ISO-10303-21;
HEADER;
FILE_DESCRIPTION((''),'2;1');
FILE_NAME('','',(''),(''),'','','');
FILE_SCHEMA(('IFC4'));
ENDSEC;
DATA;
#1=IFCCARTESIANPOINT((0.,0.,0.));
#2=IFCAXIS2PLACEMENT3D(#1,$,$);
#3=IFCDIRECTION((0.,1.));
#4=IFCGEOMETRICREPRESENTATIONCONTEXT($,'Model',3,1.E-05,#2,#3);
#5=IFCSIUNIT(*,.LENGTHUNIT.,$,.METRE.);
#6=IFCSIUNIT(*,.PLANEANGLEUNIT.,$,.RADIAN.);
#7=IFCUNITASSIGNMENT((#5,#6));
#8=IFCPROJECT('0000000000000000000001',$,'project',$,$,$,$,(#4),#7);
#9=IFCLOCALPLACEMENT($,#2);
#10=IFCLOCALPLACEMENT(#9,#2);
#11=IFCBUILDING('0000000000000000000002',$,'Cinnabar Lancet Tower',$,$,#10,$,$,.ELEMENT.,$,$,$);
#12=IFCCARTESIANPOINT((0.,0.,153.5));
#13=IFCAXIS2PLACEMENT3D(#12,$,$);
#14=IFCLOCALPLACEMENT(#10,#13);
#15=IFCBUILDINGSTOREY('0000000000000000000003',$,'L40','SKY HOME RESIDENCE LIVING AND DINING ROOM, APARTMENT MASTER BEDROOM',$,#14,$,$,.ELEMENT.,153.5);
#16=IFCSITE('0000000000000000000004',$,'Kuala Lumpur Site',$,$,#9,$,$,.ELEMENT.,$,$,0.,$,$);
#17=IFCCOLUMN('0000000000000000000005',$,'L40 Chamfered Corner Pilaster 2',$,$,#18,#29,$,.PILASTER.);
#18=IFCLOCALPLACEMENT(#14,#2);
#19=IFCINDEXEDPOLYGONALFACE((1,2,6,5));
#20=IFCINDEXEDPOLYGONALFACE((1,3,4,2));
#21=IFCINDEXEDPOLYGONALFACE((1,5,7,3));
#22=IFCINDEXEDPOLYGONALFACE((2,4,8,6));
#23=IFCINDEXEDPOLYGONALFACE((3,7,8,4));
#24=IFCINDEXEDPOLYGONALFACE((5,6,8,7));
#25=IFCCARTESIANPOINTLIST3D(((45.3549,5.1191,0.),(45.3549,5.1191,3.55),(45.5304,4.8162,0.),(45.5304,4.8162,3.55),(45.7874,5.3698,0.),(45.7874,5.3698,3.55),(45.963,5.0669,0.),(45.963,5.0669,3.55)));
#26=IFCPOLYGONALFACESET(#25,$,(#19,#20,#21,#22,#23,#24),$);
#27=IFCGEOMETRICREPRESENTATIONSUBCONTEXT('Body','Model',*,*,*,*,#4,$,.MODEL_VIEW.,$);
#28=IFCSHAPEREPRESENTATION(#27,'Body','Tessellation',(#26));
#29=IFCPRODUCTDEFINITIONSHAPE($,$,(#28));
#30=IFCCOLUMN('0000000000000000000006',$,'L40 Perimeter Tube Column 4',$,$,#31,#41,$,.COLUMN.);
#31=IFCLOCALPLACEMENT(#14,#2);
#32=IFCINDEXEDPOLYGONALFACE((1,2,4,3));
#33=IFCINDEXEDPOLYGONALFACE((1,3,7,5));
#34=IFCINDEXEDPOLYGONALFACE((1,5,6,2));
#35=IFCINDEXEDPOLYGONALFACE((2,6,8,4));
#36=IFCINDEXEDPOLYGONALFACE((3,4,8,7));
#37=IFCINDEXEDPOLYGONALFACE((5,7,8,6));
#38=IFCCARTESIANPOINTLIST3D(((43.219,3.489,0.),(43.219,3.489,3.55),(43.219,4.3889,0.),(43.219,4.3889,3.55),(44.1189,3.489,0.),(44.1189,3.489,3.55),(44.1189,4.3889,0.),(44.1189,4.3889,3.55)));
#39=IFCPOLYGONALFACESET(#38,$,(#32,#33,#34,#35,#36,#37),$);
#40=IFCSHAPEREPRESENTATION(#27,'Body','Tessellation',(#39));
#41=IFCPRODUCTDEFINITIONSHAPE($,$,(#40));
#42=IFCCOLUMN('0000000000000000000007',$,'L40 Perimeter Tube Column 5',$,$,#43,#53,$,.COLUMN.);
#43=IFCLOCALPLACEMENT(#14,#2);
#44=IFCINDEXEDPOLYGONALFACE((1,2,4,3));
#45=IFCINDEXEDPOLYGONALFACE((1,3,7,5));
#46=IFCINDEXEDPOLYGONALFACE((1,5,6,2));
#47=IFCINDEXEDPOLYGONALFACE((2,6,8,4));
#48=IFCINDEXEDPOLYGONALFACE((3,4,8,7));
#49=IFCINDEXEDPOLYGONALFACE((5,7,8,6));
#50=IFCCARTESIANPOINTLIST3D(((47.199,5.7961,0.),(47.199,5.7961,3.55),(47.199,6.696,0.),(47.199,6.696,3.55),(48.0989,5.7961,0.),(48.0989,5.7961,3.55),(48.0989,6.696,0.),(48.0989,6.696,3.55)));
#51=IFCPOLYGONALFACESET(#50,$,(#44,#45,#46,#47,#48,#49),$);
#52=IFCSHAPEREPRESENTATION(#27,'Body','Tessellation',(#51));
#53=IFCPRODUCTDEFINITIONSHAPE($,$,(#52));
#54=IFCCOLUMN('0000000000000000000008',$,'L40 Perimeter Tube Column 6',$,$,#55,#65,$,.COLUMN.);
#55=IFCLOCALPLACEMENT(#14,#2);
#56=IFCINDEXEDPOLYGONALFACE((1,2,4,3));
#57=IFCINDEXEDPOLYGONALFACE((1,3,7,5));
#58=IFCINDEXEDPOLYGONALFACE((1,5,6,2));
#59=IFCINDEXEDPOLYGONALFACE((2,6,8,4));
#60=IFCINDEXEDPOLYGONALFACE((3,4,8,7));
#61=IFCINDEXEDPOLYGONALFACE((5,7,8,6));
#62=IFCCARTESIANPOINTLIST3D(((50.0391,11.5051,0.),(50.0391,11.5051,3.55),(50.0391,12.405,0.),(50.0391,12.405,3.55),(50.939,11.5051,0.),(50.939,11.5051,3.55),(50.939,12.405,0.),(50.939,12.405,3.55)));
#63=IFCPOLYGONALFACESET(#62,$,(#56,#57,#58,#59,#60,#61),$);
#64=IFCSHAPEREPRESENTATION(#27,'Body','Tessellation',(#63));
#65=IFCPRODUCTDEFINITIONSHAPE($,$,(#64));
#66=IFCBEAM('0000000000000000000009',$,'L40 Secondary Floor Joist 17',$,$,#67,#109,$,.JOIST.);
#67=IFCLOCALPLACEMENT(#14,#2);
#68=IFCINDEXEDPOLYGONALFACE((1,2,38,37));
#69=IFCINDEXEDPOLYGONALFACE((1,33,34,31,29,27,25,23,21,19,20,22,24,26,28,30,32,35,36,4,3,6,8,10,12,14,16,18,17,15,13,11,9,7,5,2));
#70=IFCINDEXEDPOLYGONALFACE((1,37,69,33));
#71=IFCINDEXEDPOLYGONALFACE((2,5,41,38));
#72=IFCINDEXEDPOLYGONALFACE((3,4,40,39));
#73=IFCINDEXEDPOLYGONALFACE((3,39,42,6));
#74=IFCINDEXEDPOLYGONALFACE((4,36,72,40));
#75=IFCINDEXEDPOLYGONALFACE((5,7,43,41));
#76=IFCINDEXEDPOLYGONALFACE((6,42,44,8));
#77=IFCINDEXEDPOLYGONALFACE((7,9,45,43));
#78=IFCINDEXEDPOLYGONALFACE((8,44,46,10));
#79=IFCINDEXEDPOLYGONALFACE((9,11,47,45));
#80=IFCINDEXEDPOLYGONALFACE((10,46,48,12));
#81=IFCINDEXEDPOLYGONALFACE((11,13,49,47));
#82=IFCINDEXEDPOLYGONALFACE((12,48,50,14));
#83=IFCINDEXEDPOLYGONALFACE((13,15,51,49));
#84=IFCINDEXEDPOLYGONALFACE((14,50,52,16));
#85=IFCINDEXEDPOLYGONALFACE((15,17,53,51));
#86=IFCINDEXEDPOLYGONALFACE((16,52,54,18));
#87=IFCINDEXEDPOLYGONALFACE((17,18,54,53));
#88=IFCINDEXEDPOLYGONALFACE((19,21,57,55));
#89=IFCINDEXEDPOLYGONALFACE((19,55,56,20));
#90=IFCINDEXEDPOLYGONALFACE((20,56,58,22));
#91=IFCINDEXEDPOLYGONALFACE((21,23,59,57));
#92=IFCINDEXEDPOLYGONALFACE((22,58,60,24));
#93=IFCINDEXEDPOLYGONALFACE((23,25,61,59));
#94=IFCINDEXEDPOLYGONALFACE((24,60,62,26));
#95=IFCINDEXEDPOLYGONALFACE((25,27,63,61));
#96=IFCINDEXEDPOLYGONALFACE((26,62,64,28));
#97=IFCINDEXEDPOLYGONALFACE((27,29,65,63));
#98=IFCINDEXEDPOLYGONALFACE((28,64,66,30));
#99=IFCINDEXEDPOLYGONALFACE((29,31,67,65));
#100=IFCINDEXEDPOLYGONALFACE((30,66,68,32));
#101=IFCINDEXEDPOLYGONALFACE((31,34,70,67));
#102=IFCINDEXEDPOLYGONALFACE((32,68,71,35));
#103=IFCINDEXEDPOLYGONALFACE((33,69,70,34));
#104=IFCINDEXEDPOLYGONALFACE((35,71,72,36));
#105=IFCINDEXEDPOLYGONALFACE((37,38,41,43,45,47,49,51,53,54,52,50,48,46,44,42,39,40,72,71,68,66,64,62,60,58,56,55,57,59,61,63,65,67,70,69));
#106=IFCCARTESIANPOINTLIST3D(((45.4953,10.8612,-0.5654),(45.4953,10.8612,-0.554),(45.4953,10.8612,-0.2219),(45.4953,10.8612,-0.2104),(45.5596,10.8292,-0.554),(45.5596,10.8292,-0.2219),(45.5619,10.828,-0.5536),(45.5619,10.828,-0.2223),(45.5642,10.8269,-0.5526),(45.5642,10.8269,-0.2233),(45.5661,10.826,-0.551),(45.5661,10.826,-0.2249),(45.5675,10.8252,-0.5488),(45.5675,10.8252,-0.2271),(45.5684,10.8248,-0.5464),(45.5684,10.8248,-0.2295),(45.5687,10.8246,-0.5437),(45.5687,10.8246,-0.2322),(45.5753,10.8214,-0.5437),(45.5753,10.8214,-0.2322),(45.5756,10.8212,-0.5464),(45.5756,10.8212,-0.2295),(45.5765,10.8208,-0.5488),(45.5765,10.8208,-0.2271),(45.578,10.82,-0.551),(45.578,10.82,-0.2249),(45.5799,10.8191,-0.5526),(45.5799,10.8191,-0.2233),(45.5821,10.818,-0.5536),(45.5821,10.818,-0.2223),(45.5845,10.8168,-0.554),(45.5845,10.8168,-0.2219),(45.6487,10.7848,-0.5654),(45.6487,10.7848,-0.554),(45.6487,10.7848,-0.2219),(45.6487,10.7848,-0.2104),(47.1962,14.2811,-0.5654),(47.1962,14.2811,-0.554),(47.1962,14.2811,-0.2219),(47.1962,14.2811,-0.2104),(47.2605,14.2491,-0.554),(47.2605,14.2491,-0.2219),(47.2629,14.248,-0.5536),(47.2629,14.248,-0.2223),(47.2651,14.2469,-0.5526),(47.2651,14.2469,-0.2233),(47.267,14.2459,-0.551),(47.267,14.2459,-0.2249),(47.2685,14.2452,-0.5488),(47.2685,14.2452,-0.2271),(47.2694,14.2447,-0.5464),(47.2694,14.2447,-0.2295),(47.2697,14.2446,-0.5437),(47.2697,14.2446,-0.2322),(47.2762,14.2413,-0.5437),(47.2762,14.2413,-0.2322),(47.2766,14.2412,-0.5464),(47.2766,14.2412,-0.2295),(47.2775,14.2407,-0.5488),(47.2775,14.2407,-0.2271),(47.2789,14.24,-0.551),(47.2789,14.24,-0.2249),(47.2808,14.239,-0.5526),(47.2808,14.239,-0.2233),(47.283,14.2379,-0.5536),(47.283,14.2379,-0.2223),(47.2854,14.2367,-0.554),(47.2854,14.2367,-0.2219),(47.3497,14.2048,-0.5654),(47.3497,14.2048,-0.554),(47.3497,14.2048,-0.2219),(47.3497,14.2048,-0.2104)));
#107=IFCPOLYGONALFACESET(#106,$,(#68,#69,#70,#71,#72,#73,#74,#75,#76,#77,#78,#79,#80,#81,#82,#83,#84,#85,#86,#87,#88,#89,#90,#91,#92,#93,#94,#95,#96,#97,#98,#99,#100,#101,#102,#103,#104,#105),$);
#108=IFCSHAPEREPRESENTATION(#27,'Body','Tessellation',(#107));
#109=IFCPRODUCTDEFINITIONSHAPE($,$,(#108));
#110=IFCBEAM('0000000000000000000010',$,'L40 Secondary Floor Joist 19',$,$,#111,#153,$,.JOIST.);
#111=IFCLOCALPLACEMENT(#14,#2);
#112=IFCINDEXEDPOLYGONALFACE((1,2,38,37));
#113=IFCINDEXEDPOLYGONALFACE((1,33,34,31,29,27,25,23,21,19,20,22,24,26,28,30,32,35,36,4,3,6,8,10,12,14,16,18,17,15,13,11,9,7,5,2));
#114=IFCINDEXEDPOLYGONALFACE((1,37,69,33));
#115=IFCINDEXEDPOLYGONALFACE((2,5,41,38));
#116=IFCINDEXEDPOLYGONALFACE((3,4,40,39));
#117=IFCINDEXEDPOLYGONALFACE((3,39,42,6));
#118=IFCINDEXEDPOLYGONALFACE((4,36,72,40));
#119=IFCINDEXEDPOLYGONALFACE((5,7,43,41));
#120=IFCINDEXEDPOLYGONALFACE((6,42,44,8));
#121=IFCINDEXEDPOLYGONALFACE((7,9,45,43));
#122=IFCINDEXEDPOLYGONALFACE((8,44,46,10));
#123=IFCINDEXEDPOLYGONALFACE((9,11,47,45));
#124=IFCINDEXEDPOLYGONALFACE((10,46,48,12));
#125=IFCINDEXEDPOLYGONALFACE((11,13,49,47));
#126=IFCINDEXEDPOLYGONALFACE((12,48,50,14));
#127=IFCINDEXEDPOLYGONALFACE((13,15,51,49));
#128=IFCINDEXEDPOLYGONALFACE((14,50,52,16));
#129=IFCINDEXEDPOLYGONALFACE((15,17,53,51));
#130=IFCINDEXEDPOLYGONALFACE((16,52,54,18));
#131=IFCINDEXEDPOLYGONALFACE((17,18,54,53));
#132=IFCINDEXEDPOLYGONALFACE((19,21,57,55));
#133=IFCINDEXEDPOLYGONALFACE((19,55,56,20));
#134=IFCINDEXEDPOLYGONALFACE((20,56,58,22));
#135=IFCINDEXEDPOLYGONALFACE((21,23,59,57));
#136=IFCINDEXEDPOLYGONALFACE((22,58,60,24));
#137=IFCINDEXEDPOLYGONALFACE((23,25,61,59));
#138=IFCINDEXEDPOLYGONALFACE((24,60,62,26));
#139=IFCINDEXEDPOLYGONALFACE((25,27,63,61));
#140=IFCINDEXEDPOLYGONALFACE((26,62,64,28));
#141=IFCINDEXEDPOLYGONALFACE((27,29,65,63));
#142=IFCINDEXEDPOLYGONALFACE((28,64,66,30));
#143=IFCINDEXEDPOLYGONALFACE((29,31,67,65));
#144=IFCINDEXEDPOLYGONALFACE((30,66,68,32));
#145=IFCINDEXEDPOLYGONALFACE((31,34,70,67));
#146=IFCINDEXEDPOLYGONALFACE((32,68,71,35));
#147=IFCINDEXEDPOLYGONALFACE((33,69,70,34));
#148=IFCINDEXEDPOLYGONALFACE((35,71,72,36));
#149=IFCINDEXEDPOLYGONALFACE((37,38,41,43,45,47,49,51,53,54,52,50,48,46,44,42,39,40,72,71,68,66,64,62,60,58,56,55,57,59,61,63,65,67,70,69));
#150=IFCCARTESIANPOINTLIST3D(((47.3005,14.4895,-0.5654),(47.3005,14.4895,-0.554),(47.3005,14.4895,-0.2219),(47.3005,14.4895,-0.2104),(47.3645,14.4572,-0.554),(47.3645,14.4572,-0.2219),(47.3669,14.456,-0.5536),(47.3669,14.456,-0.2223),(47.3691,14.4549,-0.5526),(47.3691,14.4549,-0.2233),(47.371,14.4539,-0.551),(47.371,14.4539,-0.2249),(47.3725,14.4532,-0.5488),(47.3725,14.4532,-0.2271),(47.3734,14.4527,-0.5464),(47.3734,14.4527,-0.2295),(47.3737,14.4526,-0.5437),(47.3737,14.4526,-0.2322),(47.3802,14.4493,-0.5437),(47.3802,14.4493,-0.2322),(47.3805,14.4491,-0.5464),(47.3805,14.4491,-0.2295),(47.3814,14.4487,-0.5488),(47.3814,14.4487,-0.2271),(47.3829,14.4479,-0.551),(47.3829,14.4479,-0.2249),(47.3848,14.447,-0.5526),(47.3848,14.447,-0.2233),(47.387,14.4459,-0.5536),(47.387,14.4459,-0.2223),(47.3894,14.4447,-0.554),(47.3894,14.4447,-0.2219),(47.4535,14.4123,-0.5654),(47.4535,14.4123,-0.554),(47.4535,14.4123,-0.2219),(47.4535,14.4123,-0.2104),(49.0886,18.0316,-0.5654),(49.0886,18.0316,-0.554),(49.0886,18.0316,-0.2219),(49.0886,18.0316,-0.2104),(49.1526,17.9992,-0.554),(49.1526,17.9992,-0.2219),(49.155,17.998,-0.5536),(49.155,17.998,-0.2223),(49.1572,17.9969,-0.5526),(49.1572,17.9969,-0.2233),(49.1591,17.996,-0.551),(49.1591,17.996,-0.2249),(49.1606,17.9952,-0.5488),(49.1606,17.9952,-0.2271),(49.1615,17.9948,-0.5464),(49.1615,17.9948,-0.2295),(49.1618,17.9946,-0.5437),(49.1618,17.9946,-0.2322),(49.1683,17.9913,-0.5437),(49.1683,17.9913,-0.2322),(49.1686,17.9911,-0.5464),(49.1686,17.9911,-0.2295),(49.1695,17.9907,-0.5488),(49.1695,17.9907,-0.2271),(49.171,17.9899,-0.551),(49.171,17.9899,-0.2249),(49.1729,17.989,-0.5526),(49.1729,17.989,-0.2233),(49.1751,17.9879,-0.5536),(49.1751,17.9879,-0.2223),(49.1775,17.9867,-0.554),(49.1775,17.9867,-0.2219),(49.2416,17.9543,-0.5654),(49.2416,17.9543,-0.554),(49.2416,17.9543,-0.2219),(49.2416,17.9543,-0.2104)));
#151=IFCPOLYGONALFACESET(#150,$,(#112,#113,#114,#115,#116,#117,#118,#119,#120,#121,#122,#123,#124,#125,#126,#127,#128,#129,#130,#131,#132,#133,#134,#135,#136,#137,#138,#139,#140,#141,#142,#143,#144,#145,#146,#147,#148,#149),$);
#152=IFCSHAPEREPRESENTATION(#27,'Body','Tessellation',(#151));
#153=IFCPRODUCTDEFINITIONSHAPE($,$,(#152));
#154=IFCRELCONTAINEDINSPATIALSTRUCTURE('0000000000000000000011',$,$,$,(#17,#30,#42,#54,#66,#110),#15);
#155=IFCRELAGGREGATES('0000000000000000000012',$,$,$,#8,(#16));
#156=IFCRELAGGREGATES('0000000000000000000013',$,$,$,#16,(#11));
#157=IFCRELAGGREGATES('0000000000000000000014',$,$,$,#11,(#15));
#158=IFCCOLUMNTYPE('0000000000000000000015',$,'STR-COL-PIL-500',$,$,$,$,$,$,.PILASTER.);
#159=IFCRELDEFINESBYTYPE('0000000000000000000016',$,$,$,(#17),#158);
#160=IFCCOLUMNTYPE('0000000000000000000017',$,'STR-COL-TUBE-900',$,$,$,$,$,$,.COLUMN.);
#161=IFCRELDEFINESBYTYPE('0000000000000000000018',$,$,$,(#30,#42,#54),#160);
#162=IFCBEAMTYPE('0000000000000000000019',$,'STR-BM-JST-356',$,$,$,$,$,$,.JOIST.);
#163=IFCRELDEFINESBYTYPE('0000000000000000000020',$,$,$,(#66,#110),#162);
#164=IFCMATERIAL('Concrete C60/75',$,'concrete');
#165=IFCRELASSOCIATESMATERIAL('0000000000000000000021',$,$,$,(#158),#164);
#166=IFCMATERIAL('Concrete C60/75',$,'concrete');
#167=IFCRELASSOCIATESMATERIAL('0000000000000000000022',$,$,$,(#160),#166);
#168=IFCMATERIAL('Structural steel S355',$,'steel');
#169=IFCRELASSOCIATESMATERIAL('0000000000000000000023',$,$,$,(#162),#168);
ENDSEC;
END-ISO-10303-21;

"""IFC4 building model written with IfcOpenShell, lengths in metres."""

from ifc_helpers import new_model, si_unit, direction, frame, origin, origin_2d, place, context, subcontext, project, spatial, rectangle, i_section, extrude, material, material_profile, profile_set, type_object, element, save


model = new_model("IFC4")

# Units and contexts
model_context = context("Model", 3, precision=1e-05, world=origin(), true_north=direction((0.0, 1.0)))
body_context = subcontext(model_context, "Body", "Model", "MODEL_VIEW")
ifc_project = project(units=[si_unit("LENGTHUNIT", "METRE"), si_unit("PLANEANGLEUNIT", "RADIAN")], contexts=[model_context])

# Site, building, storey
site_placement = place(None, origin())
site = spatial("IfcSite", under=ifc_project, at=site_placement, Name="Kuala Lumpur Site", CompositionType="ELEMENT", RefElevation=0.0)
building_placement = place(site_placement, origin())
building = spatial("IfcBuilding", under=site, at=building_placement, Name="Cinnabar Lancet Tower", CompositionType="ELEMENT")
storey_placement = place(building_placement, frame((0.0, 0.0, 153.5)))
storey = spatial("IfcBuildingStorey", under=building, at=storey_placement, Name="L40", Description="SKY HOME RESIDENCE LIVING AND DINING ROOM, APARTMENT MASTER BEDROOM", CompositionType="ELEMENT", Elevation=153.5)

# Columns
ifc_material_1 = material(Name="Concrete C60/75", Category="concrete")
ifc_material_profile_1 = material_profile(ifc_material_1, rectangle(XDim=0.5, YDim=0.3501, at=origin_2d()), Name="RC-PIL 500x350")
ifc_profile_set_1 = profile_set([ifc_material_profile_1], Name="Concrete C60/75")
column_type_1 = type_object("IfcColumnType", Name="STR-COL-PIL-500", PredefinedType="PILASTER", material=ifc_profile_set_1)
column_placement = place(storey_placement, frame((45.6589, 5.093, 0.0), z_axis=(0.0, 0.0, 1.0), x_axis=(0.86516, 0.501496, 0.0)))
element("IfcColumn", 1, at=column_placement, inside=storey, type_object=column_type_1, Name="L40 Chamfered Corner Pilaster 2", PredefinedType="PILASTER", context=body_context, shape_type="SweptSolid", body=[
    extrude(rectangle(XDim=0.5, YDim=0.3501, at=origin_2d()), origin(), (0.0, 0.0, 1.0), 3.55),
])
ifc_material_2 = material(Name="Concrete C60/75", Category="concrete")
ifc_material_profile_2 = material_profile(ifc_material_2, rectangle(XDim=0.8999, YDim=0.8999, at=origin_2d()), Name="RC-COL 900x900")
ifc_profile_set_2 = profile_set([ifc_material_profile_2], Name="Concrete C60/75")
column_type_2 = type_object("IfcColumnType", Name="STR-COL-TUBE-900", PredefinedType="COLUMN", material=ifc_profile_set_2)
for number, where, z_axis, x_axis, name in (
    (2, (43.6689, 3.939, 0.0), (0.0, 0.0, 1.0), (1.0, 0.0, 0.0), "L40 Perimeter Tube Column 4"),
    (3, (47.6489, 6.2461, 0.0), (0.0, 0.0, 1.0), (1.0, 0.0, 0.0), "L40 Perimeter Tube Column 5"),
    (4, (50.489, 11.9551, 0.0), (0.0, 0.0, 1.0), (1.0, 0.0, 0.0), "L40 Perimeter Tube Column 6"),
):
    element("IfcColumn", number, at=place(storey_placement, frame(where, z_axis=z_axis, x_axis=x_axis)), inside=storey, type_object=column_type_2, Name=name, PredefinedType="COLUMN", context=body_context, shape_type="SweptSolid", body=[
        extrude(rectangle(XDim=0.8999, YDim=0.8999, at=origin_2d()), origin(), (0.0, 0.0, 1.0), 3.55),
    ])

# Beams
ifc_material_3 = material(Name="Structural steel S355", Category="steel")
ifc_material_profile_3 = material_profile(ifc_material_3, i_section(OverallWidth=0.1714, OverallDepth=0.355, WebThickness=0.0073, FlangeThickness=0.0115, FilletRadius=0.0103, at=origin_2d()), Name="UKB 356x171x51")
ifc_profile_set_3 = profile_set([ifc_material_profile_3], Name="Structural steel S355")
beam_type_1 = type_object("IfcBeamType", Name="STR-BM-JST-356", PredefinedType="JOIST", material=ifc_profile_set_3)
beam_1_placement = place(storey_placement, frame((45.572, 10.823, -0.3879), z_axis=(0.445321, 0.895371, 0.0), x_axis=(-0.895371, 0.445321, 0.0)))
element("IfcBeam", 5, at=beam_1_placement, inside=storey, type_object=beam_type_1, Name="L40 Secondary Floor Joist 17", PredefinedType="JOIST", context=body_context, shape_type="SweptSolid", body=[
    extrude(i_section(OverallWidth=0.1714, OverallDepth=0.355, WebThickness=0.0073, FlangeThickness=0.0115, FilletRadius=0.0103, at=origin_2d()), origin(), (0.0, 0.0, 1.0), 3.8196),
])
beam_2_placement = place(storey_placement, frame((47.377, 14.4509, -0.3879), z_axis=(0.450656, 0.892698, 0.0), x_axis=(-0.892698, 0.450656, 0.0)))
element("IfcBeam", 6, at=beam_2_placement, inside=storey, type_object=beam_type_1, Name="L40 Secondary Floor Joist 19", PredefinedType="JOIST", context=body_context, shape_type="SweptSolid", body=[
    extrude(i_section(OverallWidth=0.1714, OverallDepth=0.355, WebThickness=0.0073, FlangeThickness=0.0115, FilletRadius=0.0103, at=origin_2d()), origin(), (0.0, 0.0, 1.0), 3.9678),
])

save(model, "model.ifc")
